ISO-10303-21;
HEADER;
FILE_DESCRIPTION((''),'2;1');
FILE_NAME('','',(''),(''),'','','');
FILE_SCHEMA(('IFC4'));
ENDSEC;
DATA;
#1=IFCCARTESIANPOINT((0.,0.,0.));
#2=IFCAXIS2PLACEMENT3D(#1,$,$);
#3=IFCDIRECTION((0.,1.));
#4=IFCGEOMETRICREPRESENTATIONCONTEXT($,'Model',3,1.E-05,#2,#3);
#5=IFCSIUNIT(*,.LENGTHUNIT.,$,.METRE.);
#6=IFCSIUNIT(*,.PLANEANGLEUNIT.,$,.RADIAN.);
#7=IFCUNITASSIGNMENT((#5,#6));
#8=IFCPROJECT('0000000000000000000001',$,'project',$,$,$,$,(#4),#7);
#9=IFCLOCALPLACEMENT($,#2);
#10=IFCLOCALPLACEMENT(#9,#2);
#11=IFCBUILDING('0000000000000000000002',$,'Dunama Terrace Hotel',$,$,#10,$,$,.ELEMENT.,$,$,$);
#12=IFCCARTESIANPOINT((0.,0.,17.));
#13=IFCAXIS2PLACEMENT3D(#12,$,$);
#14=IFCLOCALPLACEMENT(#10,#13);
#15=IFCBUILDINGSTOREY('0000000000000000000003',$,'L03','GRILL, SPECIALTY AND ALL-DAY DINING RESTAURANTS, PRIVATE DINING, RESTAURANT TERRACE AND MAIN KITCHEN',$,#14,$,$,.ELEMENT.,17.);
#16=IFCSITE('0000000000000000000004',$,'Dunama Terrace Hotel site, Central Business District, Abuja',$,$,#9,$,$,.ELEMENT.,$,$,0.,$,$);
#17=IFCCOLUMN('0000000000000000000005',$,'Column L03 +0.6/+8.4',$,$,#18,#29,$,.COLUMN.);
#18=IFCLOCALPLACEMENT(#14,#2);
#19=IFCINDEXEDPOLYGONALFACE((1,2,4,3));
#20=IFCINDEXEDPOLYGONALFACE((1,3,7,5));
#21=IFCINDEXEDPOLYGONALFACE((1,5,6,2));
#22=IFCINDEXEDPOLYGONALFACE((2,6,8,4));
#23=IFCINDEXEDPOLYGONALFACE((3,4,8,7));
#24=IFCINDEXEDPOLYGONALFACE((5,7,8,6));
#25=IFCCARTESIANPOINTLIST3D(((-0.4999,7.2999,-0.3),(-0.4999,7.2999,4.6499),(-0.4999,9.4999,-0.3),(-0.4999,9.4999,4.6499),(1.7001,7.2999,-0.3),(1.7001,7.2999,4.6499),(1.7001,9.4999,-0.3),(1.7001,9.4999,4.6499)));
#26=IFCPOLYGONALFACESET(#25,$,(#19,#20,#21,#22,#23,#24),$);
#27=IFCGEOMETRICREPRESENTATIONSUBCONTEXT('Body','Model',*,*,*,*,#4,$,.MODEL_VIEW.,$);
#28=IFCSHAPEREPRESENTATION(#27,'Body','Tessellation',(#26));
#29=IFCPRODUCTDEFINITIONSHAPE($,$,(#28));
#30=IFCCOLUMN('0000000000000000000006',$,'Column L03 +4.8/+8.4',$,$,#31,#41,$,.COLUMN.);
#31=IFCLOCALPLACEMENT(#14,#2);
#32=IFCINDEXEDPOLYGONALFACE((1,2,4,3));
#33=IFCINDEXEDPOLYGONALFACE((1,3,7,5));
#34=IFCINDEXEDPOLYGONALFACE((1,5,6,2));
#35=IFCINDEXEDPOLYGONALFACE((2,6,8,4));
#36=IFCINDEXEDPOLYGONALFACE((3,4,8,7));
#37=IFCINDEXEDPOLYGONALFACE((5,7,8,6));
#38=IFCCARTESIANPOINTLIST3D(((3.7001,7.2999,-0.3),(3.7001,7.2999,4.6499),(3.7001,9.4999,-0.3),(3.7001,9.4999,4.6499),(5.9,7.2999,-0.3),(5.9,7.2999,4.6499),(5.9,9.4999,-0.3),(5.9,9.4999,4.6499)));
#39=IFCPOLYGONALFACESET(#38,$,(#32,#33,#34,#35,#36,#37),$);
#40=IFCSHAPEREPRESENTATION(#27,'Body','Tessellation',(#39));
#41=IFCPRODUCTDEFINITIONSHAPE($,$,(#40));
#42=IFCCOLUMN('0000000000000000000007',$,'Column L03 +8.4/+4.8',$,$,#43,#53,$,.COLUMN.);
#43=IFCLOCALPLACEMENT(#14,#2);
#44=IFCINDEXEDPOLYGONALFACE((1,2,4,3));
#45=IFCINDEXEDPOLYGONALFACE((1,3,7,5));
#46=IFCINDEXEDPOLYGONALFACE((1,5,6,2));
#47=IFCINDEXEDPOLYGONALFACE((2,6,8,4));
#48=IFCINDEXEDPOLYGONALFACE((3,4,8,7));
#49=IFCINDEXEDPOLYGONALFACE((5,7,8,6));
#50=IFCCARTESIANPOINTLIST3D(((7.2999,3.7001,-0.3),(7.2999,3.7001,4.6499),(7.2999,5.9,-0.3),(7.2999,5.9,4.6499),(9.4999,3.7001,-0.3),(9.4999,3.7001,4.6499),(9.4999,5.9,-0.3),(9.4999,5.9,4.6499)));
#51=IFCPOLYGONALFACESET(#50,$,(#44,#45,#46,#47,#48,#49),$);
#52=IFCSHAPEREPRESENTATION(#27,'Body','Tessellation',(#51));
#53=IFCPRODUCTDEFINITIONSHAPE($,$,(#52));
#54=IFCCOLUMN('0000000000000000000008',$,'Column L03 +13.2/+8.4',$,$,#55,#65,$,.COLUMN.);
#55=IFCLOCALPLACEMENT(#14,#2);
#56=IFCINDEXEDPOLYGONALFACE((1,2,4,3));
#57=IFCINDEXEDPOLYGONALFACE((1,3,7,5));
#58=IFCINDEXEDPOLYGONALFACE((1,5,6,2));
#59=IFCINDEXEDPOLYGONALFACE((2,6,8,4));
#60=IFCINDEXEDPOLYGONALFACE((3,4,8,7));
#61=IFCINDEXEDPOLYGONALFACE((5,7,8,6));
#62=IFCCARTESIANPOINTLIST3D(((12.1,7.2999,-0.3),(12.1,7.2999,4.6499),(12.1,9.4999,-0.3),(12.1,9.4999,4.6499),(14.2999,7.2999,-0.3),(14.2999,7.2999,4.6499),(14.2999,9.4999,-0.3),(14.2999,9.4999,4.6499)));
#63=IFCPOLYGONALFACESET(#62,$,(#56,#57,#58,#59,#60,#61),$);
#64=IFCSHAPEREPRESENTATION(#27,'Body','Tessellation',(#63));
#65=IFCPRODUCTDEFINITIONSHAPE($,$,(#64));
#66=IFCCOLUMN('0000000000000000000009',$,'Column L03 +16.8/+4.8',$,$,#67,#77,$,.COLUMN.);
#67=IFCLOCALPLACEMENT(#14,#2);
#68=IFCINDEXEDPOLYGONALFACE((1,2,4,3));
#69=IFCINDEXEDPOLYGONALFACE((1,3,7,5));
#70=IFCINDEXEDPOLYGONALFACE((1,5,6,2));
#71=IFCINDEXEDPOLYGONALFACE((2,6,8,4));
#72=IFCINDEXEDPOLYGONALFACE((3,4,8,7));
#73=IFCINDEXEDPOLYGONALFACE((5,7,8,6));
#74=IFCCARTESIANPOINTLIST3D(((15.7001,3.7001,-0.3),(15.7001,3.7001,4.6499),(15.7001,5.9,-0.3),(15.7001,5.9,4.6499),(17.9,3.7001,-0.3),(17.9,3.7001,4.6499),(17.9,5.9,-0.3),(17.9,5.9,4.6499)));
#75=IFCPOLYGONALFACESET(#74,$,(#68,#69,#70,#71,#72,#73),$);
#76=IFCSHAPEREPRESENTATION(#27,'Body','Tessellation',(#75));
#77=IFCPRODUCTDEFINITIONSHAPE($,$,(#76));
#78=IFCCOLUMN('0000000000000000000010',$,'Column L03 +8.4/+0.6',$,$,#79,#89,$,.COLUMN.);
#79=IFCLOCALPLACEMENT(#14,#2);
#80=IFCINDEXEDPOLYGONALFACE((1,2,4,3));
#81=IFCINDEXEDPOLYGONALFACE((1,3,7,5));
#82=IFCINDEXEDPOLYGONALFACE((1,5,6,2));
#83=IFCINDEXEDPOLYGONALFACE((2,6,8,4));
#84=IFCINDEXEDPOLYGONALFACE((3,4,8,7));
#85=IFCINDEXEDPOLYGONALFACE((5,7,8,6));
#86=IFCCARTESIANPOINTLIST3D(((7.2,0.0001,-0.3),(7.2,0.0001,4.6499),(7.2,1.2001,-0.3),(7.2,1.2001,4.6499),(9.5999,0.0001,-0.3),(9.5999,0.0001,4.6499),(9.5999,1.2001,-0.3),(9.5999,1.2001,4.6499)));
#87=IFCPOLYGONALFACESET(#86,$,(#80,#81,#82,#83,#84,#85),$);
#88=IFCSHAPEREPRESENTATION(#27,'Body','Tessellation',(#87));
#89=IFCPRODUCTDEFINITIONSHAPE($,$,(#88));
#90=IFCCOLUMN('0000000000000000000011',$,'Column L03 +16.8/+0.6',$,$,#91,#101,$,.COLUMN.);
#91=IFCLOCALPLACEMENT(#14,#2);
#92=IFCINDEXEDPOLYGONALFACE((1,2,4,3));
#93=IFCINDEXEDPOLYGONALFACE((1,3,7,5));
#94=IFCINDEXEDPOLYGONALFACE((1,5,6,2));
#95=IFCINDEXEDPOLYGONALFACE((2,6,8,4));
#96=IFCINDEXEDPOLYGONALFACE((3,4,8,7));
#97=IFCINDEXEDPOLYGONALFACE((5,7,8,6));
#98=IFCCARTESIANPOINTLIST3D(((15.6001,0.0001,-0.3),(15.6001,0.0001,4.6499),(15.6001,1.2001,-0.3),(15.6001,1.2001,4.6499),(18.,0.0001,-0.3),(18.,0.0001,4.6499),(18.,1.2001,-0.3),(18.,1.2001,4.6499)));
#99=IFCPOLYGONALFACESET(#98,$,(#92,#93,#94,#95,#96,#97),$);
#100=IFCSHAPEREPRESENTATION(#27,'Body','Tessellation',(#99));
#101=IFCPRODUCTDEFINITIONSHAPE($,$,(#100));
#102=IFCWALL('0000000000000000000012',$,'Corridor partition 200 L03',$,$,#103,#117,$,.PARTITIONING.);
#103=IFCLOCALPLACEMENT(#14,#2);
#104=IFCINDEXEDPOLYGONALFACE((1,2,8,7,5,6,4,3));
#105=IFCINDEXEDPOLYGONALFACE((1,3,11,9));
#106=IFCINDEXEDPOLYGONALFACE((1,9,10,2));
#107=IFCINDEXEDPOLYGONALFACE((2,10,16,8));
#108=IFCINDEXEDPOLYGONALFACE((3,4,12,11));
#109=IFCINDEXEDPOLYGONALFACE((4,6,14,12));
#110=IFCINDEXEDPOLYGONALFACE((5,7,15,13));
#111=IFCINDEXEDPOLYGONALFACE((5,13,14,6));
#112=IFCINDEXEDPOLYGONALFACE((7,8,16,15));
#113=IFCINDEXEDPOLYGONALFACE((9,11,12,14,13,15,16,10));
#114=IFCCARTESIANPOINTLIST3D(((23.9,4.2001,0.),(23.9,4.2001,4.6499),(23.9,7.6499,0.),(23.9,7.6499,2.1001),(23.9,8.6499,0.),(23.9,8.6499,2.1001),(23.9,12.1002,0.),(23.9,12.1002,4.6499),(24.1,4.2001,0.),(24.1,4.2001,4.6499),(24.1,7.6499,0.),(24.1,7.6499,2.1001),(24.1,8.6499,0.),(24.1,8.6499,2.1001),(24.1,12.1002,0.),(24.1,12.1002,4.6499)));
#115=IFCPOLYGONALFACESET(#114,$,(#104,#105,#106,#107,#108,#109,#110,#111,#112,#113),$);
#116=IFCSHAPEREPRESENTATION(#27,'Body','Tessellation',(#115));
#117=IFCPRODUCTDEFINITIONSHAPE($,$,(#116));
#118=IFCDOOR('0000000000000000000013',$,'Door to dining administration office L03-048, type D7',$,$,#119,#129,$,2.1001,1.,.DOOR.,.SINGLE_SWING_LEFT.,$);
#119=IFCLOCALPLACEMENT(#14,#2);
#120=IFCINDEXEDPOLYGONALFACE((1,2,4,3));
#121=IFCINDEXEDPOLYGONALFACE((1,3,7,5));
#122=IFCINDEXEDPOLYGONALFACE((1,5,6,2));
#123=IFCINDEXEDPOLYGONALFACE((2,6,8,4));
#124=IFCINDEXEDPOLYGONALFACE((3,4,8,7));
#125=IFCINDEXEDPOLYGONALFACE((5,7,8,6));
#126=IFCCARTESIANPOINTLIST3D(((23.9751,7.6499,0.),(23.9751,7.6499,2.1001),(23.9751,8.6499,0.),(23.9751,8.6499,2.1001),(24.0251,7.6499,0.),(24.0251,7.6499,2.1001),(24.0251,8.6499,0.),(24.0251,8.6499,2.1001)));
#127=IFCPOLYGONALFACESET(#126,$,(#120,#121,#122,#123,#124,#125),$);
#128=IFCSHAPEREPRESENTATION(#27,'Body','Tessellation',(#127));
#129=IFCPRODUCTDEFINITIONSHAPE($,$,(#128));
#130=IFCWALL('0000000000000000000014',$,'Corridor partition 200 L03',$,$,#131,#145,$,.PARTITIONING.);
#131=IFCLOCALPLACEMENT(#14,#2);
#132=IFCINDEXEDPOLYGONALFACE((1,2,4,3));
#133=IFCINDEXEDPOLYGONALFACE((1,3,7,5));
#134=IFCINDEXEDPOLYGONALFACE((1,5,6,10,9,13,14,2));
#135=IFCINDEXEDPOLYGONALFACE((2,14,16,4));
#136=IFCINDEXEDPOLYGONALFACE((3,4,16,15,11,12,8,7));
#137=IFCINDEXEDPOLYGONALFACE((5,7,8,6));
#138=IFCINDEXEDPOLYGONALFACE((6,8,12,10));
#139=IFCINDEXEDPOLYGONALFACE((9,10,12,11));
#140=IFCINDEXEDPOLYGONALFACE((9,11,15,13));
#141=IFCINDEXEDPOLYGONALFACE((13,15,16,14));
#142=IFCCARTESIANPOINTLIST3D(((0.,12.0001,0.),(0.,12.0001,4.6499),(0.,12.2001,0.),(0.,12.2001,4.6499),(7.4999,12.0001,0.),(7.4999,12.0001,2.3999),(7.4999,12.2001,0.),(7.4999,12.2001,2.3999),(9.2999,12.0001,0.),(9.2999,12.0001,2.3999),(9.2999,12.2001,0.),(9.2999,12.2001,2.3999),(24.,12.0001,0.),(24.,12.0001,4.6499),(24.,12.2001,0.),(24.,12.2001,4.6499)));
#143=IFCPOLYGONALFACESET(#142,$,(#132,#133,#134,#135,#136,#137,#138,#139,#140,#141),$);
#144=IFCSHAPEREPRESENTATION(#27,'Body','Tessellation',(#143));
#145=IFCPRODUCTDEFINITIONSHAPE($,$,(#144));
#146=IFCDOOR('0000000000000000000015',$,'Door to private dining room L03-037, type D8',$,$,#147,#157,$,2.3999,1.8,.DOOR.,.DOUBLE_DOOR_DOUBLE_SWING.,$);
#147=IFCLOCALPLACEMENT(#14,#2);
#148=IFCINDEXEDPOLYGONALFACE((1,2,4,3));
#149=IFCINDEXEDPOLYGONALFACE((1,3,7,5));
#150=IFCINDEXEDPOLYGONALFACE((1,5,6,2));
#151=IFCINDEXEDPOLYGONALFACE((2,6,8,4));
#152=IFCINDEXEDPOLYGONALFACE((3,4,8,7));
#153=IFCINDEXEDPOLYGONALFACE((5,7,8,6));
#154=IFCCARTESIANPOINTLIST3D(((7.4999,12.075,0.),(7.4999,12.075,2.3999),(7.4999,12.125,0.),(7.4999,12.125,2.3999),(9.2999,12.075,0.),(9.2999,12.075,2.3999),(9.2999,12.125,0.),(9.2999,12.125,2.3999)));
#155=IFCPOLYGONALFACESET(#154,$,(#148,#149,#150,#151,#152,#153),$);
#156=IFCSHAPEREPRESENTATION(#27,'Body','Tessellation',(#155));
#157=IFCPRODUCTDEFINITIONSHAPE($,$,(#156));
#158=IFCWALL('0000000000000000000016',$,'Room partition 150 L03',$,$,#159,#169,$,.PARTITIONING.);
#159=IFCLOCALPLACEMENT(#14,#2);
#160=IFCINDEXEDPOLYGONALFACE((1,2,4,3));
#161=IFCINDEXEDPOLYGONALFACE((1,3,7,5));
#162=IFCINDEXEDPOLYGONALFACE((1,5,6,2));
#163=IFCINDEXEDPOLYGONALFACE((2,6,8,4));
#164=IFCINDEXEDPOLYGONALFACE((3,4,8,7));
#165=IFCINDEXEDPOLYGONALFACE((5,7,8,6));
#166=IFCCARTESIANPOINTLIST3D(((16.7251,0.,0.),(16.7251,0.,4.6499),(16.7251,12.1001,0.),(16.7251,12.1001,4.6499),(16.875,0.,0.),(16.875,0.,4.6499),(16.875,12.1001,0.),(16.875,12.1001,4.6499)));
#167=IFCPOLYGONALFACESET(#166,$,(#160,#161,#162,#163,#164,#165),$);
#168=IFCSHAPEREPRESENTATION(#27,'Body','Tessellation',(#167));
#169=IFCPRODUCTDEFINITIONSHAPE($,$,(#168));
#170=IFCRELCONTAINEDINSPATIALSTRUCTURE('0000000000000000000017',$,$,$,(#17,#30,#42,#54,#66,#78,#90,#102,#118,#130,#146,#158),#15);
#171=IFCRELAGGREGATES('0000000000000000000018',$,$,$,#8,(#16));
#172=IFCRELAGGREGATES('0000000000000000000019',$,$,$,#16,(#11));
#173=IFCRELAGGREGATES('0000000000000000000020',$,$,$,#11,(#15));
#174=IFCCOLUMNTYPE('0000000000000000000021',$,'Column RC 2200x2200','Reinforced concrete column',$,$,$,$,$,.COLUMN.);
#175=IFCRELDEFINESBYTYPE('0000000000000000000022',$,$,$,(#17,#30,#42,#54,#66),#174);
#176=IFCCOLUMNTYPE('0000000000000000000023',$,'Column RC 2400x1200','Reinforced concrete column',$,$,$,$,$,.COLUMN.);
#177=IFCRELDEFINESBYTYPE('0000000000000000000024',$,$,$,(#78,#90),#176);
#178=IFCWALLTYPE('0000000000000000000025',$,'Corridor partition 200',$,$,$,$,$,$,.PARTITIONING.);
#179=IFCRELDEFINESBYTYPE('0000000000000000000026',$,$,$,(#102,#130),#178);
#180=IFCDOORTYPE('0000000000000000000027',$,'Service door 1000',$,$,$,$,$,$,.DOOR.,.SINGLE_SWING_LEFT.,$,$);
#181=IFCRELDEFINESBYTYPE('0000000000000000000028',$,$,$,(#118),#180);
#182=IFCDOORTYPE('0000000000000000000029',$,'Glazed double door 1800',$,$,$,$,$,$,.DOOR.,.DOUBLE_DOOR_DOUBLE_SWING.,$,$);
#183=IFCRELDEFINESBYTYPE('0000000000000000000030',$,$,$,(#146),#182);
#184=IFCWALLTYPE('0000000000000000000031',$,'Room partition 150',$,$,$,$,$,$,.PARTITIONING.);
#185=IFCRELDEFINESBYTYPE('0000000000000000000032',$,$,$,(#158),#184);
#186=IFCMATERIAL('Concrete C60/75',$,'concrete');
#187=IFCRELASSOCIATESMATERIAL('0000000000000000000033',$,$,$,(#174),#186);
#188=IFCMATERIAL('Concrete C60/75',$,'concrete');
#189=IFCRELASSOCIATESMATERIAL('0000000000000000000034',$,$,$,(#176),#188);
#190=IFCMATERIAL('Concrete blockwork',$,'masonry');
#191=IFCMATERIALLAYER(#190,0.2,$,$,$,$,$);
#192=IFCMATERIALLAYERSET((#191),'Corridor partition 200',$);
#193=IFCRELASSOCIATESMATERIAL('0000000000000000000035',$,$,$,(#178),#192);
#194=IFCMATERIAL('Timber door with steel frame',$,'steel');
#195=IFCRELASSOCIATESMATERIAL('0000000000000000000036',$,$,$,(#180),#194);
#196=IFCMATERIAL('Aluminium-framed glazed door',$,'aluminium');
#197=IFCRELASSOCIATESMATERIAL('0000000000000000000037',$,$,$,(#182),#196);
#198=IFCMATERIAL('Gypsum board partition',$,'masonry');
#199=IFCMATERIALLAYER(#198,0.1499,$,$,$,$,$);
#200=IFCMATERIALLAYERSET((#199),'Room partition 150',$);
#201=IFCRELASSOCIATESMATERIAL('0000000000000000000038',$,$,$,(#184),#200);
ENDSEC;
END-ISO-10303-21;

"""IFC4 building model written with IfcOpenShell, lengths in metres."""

from ifc_helpers import new_model, si_unit, direction, frame, frame_2d, origin, origin_2d, place, context, subcontext, project, spatial, rectangle, extrude, material, layer, layer_set, material_profile, profile_set, type_object, element, fill, save


model = new_model("IFC4")

# Units and contexts
model_context = context("Model", 3, precision=1e-05, world=origin(), true_north=direction((0.0, 1.0)))
body_context = subcontext(model_context, "Body", "Model", "MODEL_VIEW")
ifc_project = project(units=[si_unit("LENGTHUNIT", "METRE"), si_unit("PLANEANGLEUNIT", "RADIAN")], contexts=[model_context])

# Site, building, storey
site_placement = place(None, origin())
site = spatial("IfcSite", under=ifc_project, at=site_placement, Name="Dunama Terrace Hotel site, Central Business District, Abuja", CompositionType="ELEMENT", RefElevation=0.0)
building_placement = place(site_placement, origin())
building = spatial("IfcBuilding", under=site, at=building_placement, Name="Dunama Terrace Hotel", CompositionType="ELEMENT")
storey_placement = place(building_placement, frame((0.0, 0.0, 17.0)))
storey = spatial("IfcBuildingStorey", under=building, at=storey_placement, Name="L03", Description="GRILL, SPECIALTY AND ALL-DAY DINING RESTAURANTS, PRIVATE DINING, RESTAURANT TERRACE AND MAIN KITCHEN", CompositionType="ELEMENT", Elevation=17.0)

# Columns
ifc_material_1 = material(Name="Concrete C60/75", Category="concrete")
ifc_material_profile_1 = material_profile(ifc_material_1, rectangle(XDim=2.2, YDim=2.2, at=origin_2d()), Name="RC 2200x2200")
ifc_profile_set_1 = profile_set([ifc_material_profile_1], Name="Concrete C60/75")
column_type_1 = type_object("IfcColumnType", Name="Column RC 2200x2200", Description="Reinforced concrete column", PredefinedType="COLUMN", material=ifc_profile_set_1)
for number, where, z_axis, x_axis, name in (
    (1, (0.6001, 8.3999, -0.3), (0.0, 0.0, 1.0), (1.0, 0.0, 0.0), "Column L03 +0.6/+8.4"),
    (2, (4.8, 8.3999, -0.3), (0.0, 0.0, 1.0), (1.0, 0.0, 0.0), "Column L03 +4.8/+8.4"),
    (3, (8.3999, 4.8, -0.3), (0.0, 0.0, 1.0), (1.0, 0.0, 0.0), "Column L03 +8.4/+4.8"),
    (4, (13.2, 8.3999, -0.3), (0.0, 0.0, 1.0), (1.0, 0.0, 0.0), "Column L03 +13.2/+8.4"),
    (5, (16.8, 4.8, -0.3), (0.0, 0.0, 1.0), (1.0, 0.0, 0.0), "Column L03 +16.8/+4.8"),
):
    element("IfcColumn", number, at=place(storey_placement, frame(where, z_axis=z_axis, x_axis=x_axis)), inside=storey, type_object=column_type_1, Name=name, PredefinedType="COLUMN", context=body_context, shape_type="SweptSolid", body=[
        extrude(rectangle(XDim=2.2, YDim=2.2, at=origin_2d()), origin(), (0.0, 0.0, 1.0), 4.95),
    ])
ifc_material_2 = material(Name="Concrete C60/75", Category="concrete")
ifc_material_profile_2 = material_profile(ifc_material_2, rectangle(XDim=2.3999, YDim=1.2, at=origin_2d()), Name="RC 2400x1200")
ifc_profile_set_2 = profile_set([ifc_material_profile_2], Name="Concrete C60/75")
column_type_2 = type_object("IfcColumnType", Name="Column RC 2400x1200", Description="Reinforced concrete column", PredefinedType="COLUMN", material=ifc_profile_set_2)
for number, where, z_axis, x_axis, name in (
    (6, (8.3999, 0.6001, -0.3), (0.0, 0.0, 1.0), (1.0, 0.0, 0.0), "Column L03 +8.4/+0.6"),
    (7, (16.8, 0.6001, -0.3), (0.0, 0.0, 1.0), (1.0, 0.0, 0.0), "Column L03 +16.8/+0.6"),
):
    element("IfcColumn", number, at=place(storey_placement, frame(where, z_axis=z_axis, x_axis=x_axis)), inside=storey, type_object=column_type_2, Name=name, PredefinedType="COLUMN", context=body_context, shape_type="SweptSolid", body=[
        extrude(rectangle(XDim=2.3999, YDim=1.2, at=origin_2d()), origin(), (0.0, 0.0, 1.0), 4.95),
    ])

# Walls, openings, doors
ifc_material_3 = material(Name="Concrete blockwork", Category="masonry")
ifc_layer_1 = layer(ifc_material_3, 0.2)
ifc_layer_set_1 = layer_set([ifc_layer_1], Name="Corridor partition 200")
wall_type_1 = type_object("IfcWallType", Name="Corridor partition 200", PredefinedType="PARTITIONING", material=ifc_layer_set_1)
wall_1_placement = place(storey_placement, frame((24.0, 4.2, 0.0), z_axis=(0.0, 0.0, 1.0), x_axis=(0.0, 1.0, 0.0)))
wall_1 = element("IfcWall", 8, at=wall_1_placement, inside=storey, type_object=wall_type_1, Name="Corridor partition 200 L03", PredefinedType="PARTITIONING", context=body_context, shape_type="SweptSolid", body=[
    extrude(rectangle(XDim=7.9001, YDim=0.2, at=frame_2d((3.9502, 0.0))), origin(), (0.0, 0.0, 1.0), 4.6499),
])
opening_1_placement = place(wall_1_placement, frame((3.45, 0.0, 0.0)))
opening_1 = element("IfcOpeningElement", 9, at=opening_1_placement, cuts=wall_1, PredefinedType="OPENING", context=body_context, shape_type="SweptSolid", body=[
    extrude(rectangle(XDim=1.0, YDim=2.1001, at=frame_2d((0.5, 1.05))), frame((0.0, 0.1099, 0.0), z_axis=(0.0, -1.0, 0.0), x_axis=(1.0, 0.0, 0.0)), (0.0, 0.0, 1.0), 0.22),
])
ifc_material_4 = material(Name="Timber door with steel frame", Category="steel")
door_type_1 = type_object("IfcDoorType", Name="Service door 1000", OperationType="SINGLE_SWING_LEFT", PredefinedType="DOOR", material=ifc_material_4)
door_1_placement = place(opening_1_placement, origin())
door_1 = element("IfcDoor", 10, at=door_1_placement, inside=storey, type_object=door_type_1, Name="Door to dining administration office L03-048, type D7", OperationType="SINGLE_SWING_LEFT", OverallHeight=2.1001, OverallWidth=1.0, PredefinedType="DOOR", context=body_context, shape_type="SweptSolid", body=[
    extrude(rectangle(XDim=1.0, YDim=2.1001, at=frame_2d((0.5, 1.05))), frame((0.0, 0.0249, 0.0), z_axis=(0.0, -1.0, 0.0), x_axis=(1.0, 0.0, 0.0)), (0.0, 0.0, 1.0), 0.05),
])
fill(opening_1, door_1)
wall_2_placement = place(storey_placement, frame((0.0, 12.1001, 0.0), z_axis=(0.0, 0.0, 1.0), x_axis=(1.0, 0.0, 0.0)))
wall_2 = element("IfcWall", 11, at=wall_2_placement, inside=storey, type_object=wall_type_1, Name="Corridor partition 200 L03", PredefinedType="PARTITIONING", context=body_context, shape_type="SweptSolid", body=[
    extrude(rectangle(XDim=24.0, YDim=0.2, at=frame_2d((12.0, 0.0))), origin(), (0.0, 0.0, 1.0), 4.6499),
])
opening_2_placement = place(wall_2_placement, frame((7.5, 0.0, 0.0)))
opening_2 = element("IfcOpeningElement", 12, at=opening_2_placement, cuts=wall_2, PredefinedType="OPENING", context=body_context, shape_type="SweptSolid", body=[
    extrude(rectangle(XDim=1.8, YDim=2.3999, at=frame_2d((0.8999, 1.2))), frame((0.0, 0.1099, 0.0), z_axis=(0.0, -1.0, 0.0), x_axis=(1.0, 0.0, 0.0)), (0.0, 0.0, 1.0), 0.22),
])
ifc_material_5 = material(Name="Aluminium-framed glazed door", Category="aluminium")
door_type_2 = type_object("IfcDoorType", Name="Glazed double door 1800", OperationType="DOUBLE_DOOR_DOUBLE_SWING", PredefinedType="DOOR", material=ifc_material_5)
door_2_placement = place(opening_2_placement, origin())
door_2 = element("IfcDoor", 13, at=door_2_placement, inside=storey, type_object=door_type_2, Name="Door to private dining room L03-037, type D8", OperationType="DOUBLE_DOOR_DOUBLE_SWING", OverallHeight=2.3999, OverallWidth=1.8, PredefinedType="DOOR", context=body_context, shape_type="SweptSolid", body=[
    extrude(rectangle(XDim=1.8, YDim=2.3999, at=frame_2d((0.8999, 1.2))), frame((0.0, 0.0249, 0.0), z_axis=(0.0, -1.0, 0.0), x_axis=(1.0, 0.0, 0.0)), (0.0, 0.0, 1.0), 0.05),
])
fill(opening_2, door_2)

# Wall
ifc_material_6 = material(Name="Gypsum board partition", Category="masonry")
ifc_layer_2 = layer(ifc_material_6, 0.1499)
ifc_layer_set_2 = layer_set([ifc_layer_2], Name="Room partition 150")
wall_type_2 = type_object("IfcWallType", Name="Room partition 150", PredefinedType="PARTITIONING", material=ifc_layer_set_2)
wall_3_placement = place(storey_placement, frame((16.8, 0.0, 0.0), z_axis=(0.0, 0.0, 1.0), x_axis=(0.0, 1.0, 0.0)))
element("IfcWall", 14, at=wall_3_placement, inside=storey, type_object=wall_type_2, Name="Room partition 150 L03", PredefinedType="PARTITIONING", context=body_context, shape_type="SweptSolid", body=[
    extrude(rectangle(XDim=12.1001, YDim=0.1499, at=frame_2d((6.05, 0.0))), origin(), (0.0, 0.0, 1.0), 4.6499),
])

save(model, "model.ifc")
